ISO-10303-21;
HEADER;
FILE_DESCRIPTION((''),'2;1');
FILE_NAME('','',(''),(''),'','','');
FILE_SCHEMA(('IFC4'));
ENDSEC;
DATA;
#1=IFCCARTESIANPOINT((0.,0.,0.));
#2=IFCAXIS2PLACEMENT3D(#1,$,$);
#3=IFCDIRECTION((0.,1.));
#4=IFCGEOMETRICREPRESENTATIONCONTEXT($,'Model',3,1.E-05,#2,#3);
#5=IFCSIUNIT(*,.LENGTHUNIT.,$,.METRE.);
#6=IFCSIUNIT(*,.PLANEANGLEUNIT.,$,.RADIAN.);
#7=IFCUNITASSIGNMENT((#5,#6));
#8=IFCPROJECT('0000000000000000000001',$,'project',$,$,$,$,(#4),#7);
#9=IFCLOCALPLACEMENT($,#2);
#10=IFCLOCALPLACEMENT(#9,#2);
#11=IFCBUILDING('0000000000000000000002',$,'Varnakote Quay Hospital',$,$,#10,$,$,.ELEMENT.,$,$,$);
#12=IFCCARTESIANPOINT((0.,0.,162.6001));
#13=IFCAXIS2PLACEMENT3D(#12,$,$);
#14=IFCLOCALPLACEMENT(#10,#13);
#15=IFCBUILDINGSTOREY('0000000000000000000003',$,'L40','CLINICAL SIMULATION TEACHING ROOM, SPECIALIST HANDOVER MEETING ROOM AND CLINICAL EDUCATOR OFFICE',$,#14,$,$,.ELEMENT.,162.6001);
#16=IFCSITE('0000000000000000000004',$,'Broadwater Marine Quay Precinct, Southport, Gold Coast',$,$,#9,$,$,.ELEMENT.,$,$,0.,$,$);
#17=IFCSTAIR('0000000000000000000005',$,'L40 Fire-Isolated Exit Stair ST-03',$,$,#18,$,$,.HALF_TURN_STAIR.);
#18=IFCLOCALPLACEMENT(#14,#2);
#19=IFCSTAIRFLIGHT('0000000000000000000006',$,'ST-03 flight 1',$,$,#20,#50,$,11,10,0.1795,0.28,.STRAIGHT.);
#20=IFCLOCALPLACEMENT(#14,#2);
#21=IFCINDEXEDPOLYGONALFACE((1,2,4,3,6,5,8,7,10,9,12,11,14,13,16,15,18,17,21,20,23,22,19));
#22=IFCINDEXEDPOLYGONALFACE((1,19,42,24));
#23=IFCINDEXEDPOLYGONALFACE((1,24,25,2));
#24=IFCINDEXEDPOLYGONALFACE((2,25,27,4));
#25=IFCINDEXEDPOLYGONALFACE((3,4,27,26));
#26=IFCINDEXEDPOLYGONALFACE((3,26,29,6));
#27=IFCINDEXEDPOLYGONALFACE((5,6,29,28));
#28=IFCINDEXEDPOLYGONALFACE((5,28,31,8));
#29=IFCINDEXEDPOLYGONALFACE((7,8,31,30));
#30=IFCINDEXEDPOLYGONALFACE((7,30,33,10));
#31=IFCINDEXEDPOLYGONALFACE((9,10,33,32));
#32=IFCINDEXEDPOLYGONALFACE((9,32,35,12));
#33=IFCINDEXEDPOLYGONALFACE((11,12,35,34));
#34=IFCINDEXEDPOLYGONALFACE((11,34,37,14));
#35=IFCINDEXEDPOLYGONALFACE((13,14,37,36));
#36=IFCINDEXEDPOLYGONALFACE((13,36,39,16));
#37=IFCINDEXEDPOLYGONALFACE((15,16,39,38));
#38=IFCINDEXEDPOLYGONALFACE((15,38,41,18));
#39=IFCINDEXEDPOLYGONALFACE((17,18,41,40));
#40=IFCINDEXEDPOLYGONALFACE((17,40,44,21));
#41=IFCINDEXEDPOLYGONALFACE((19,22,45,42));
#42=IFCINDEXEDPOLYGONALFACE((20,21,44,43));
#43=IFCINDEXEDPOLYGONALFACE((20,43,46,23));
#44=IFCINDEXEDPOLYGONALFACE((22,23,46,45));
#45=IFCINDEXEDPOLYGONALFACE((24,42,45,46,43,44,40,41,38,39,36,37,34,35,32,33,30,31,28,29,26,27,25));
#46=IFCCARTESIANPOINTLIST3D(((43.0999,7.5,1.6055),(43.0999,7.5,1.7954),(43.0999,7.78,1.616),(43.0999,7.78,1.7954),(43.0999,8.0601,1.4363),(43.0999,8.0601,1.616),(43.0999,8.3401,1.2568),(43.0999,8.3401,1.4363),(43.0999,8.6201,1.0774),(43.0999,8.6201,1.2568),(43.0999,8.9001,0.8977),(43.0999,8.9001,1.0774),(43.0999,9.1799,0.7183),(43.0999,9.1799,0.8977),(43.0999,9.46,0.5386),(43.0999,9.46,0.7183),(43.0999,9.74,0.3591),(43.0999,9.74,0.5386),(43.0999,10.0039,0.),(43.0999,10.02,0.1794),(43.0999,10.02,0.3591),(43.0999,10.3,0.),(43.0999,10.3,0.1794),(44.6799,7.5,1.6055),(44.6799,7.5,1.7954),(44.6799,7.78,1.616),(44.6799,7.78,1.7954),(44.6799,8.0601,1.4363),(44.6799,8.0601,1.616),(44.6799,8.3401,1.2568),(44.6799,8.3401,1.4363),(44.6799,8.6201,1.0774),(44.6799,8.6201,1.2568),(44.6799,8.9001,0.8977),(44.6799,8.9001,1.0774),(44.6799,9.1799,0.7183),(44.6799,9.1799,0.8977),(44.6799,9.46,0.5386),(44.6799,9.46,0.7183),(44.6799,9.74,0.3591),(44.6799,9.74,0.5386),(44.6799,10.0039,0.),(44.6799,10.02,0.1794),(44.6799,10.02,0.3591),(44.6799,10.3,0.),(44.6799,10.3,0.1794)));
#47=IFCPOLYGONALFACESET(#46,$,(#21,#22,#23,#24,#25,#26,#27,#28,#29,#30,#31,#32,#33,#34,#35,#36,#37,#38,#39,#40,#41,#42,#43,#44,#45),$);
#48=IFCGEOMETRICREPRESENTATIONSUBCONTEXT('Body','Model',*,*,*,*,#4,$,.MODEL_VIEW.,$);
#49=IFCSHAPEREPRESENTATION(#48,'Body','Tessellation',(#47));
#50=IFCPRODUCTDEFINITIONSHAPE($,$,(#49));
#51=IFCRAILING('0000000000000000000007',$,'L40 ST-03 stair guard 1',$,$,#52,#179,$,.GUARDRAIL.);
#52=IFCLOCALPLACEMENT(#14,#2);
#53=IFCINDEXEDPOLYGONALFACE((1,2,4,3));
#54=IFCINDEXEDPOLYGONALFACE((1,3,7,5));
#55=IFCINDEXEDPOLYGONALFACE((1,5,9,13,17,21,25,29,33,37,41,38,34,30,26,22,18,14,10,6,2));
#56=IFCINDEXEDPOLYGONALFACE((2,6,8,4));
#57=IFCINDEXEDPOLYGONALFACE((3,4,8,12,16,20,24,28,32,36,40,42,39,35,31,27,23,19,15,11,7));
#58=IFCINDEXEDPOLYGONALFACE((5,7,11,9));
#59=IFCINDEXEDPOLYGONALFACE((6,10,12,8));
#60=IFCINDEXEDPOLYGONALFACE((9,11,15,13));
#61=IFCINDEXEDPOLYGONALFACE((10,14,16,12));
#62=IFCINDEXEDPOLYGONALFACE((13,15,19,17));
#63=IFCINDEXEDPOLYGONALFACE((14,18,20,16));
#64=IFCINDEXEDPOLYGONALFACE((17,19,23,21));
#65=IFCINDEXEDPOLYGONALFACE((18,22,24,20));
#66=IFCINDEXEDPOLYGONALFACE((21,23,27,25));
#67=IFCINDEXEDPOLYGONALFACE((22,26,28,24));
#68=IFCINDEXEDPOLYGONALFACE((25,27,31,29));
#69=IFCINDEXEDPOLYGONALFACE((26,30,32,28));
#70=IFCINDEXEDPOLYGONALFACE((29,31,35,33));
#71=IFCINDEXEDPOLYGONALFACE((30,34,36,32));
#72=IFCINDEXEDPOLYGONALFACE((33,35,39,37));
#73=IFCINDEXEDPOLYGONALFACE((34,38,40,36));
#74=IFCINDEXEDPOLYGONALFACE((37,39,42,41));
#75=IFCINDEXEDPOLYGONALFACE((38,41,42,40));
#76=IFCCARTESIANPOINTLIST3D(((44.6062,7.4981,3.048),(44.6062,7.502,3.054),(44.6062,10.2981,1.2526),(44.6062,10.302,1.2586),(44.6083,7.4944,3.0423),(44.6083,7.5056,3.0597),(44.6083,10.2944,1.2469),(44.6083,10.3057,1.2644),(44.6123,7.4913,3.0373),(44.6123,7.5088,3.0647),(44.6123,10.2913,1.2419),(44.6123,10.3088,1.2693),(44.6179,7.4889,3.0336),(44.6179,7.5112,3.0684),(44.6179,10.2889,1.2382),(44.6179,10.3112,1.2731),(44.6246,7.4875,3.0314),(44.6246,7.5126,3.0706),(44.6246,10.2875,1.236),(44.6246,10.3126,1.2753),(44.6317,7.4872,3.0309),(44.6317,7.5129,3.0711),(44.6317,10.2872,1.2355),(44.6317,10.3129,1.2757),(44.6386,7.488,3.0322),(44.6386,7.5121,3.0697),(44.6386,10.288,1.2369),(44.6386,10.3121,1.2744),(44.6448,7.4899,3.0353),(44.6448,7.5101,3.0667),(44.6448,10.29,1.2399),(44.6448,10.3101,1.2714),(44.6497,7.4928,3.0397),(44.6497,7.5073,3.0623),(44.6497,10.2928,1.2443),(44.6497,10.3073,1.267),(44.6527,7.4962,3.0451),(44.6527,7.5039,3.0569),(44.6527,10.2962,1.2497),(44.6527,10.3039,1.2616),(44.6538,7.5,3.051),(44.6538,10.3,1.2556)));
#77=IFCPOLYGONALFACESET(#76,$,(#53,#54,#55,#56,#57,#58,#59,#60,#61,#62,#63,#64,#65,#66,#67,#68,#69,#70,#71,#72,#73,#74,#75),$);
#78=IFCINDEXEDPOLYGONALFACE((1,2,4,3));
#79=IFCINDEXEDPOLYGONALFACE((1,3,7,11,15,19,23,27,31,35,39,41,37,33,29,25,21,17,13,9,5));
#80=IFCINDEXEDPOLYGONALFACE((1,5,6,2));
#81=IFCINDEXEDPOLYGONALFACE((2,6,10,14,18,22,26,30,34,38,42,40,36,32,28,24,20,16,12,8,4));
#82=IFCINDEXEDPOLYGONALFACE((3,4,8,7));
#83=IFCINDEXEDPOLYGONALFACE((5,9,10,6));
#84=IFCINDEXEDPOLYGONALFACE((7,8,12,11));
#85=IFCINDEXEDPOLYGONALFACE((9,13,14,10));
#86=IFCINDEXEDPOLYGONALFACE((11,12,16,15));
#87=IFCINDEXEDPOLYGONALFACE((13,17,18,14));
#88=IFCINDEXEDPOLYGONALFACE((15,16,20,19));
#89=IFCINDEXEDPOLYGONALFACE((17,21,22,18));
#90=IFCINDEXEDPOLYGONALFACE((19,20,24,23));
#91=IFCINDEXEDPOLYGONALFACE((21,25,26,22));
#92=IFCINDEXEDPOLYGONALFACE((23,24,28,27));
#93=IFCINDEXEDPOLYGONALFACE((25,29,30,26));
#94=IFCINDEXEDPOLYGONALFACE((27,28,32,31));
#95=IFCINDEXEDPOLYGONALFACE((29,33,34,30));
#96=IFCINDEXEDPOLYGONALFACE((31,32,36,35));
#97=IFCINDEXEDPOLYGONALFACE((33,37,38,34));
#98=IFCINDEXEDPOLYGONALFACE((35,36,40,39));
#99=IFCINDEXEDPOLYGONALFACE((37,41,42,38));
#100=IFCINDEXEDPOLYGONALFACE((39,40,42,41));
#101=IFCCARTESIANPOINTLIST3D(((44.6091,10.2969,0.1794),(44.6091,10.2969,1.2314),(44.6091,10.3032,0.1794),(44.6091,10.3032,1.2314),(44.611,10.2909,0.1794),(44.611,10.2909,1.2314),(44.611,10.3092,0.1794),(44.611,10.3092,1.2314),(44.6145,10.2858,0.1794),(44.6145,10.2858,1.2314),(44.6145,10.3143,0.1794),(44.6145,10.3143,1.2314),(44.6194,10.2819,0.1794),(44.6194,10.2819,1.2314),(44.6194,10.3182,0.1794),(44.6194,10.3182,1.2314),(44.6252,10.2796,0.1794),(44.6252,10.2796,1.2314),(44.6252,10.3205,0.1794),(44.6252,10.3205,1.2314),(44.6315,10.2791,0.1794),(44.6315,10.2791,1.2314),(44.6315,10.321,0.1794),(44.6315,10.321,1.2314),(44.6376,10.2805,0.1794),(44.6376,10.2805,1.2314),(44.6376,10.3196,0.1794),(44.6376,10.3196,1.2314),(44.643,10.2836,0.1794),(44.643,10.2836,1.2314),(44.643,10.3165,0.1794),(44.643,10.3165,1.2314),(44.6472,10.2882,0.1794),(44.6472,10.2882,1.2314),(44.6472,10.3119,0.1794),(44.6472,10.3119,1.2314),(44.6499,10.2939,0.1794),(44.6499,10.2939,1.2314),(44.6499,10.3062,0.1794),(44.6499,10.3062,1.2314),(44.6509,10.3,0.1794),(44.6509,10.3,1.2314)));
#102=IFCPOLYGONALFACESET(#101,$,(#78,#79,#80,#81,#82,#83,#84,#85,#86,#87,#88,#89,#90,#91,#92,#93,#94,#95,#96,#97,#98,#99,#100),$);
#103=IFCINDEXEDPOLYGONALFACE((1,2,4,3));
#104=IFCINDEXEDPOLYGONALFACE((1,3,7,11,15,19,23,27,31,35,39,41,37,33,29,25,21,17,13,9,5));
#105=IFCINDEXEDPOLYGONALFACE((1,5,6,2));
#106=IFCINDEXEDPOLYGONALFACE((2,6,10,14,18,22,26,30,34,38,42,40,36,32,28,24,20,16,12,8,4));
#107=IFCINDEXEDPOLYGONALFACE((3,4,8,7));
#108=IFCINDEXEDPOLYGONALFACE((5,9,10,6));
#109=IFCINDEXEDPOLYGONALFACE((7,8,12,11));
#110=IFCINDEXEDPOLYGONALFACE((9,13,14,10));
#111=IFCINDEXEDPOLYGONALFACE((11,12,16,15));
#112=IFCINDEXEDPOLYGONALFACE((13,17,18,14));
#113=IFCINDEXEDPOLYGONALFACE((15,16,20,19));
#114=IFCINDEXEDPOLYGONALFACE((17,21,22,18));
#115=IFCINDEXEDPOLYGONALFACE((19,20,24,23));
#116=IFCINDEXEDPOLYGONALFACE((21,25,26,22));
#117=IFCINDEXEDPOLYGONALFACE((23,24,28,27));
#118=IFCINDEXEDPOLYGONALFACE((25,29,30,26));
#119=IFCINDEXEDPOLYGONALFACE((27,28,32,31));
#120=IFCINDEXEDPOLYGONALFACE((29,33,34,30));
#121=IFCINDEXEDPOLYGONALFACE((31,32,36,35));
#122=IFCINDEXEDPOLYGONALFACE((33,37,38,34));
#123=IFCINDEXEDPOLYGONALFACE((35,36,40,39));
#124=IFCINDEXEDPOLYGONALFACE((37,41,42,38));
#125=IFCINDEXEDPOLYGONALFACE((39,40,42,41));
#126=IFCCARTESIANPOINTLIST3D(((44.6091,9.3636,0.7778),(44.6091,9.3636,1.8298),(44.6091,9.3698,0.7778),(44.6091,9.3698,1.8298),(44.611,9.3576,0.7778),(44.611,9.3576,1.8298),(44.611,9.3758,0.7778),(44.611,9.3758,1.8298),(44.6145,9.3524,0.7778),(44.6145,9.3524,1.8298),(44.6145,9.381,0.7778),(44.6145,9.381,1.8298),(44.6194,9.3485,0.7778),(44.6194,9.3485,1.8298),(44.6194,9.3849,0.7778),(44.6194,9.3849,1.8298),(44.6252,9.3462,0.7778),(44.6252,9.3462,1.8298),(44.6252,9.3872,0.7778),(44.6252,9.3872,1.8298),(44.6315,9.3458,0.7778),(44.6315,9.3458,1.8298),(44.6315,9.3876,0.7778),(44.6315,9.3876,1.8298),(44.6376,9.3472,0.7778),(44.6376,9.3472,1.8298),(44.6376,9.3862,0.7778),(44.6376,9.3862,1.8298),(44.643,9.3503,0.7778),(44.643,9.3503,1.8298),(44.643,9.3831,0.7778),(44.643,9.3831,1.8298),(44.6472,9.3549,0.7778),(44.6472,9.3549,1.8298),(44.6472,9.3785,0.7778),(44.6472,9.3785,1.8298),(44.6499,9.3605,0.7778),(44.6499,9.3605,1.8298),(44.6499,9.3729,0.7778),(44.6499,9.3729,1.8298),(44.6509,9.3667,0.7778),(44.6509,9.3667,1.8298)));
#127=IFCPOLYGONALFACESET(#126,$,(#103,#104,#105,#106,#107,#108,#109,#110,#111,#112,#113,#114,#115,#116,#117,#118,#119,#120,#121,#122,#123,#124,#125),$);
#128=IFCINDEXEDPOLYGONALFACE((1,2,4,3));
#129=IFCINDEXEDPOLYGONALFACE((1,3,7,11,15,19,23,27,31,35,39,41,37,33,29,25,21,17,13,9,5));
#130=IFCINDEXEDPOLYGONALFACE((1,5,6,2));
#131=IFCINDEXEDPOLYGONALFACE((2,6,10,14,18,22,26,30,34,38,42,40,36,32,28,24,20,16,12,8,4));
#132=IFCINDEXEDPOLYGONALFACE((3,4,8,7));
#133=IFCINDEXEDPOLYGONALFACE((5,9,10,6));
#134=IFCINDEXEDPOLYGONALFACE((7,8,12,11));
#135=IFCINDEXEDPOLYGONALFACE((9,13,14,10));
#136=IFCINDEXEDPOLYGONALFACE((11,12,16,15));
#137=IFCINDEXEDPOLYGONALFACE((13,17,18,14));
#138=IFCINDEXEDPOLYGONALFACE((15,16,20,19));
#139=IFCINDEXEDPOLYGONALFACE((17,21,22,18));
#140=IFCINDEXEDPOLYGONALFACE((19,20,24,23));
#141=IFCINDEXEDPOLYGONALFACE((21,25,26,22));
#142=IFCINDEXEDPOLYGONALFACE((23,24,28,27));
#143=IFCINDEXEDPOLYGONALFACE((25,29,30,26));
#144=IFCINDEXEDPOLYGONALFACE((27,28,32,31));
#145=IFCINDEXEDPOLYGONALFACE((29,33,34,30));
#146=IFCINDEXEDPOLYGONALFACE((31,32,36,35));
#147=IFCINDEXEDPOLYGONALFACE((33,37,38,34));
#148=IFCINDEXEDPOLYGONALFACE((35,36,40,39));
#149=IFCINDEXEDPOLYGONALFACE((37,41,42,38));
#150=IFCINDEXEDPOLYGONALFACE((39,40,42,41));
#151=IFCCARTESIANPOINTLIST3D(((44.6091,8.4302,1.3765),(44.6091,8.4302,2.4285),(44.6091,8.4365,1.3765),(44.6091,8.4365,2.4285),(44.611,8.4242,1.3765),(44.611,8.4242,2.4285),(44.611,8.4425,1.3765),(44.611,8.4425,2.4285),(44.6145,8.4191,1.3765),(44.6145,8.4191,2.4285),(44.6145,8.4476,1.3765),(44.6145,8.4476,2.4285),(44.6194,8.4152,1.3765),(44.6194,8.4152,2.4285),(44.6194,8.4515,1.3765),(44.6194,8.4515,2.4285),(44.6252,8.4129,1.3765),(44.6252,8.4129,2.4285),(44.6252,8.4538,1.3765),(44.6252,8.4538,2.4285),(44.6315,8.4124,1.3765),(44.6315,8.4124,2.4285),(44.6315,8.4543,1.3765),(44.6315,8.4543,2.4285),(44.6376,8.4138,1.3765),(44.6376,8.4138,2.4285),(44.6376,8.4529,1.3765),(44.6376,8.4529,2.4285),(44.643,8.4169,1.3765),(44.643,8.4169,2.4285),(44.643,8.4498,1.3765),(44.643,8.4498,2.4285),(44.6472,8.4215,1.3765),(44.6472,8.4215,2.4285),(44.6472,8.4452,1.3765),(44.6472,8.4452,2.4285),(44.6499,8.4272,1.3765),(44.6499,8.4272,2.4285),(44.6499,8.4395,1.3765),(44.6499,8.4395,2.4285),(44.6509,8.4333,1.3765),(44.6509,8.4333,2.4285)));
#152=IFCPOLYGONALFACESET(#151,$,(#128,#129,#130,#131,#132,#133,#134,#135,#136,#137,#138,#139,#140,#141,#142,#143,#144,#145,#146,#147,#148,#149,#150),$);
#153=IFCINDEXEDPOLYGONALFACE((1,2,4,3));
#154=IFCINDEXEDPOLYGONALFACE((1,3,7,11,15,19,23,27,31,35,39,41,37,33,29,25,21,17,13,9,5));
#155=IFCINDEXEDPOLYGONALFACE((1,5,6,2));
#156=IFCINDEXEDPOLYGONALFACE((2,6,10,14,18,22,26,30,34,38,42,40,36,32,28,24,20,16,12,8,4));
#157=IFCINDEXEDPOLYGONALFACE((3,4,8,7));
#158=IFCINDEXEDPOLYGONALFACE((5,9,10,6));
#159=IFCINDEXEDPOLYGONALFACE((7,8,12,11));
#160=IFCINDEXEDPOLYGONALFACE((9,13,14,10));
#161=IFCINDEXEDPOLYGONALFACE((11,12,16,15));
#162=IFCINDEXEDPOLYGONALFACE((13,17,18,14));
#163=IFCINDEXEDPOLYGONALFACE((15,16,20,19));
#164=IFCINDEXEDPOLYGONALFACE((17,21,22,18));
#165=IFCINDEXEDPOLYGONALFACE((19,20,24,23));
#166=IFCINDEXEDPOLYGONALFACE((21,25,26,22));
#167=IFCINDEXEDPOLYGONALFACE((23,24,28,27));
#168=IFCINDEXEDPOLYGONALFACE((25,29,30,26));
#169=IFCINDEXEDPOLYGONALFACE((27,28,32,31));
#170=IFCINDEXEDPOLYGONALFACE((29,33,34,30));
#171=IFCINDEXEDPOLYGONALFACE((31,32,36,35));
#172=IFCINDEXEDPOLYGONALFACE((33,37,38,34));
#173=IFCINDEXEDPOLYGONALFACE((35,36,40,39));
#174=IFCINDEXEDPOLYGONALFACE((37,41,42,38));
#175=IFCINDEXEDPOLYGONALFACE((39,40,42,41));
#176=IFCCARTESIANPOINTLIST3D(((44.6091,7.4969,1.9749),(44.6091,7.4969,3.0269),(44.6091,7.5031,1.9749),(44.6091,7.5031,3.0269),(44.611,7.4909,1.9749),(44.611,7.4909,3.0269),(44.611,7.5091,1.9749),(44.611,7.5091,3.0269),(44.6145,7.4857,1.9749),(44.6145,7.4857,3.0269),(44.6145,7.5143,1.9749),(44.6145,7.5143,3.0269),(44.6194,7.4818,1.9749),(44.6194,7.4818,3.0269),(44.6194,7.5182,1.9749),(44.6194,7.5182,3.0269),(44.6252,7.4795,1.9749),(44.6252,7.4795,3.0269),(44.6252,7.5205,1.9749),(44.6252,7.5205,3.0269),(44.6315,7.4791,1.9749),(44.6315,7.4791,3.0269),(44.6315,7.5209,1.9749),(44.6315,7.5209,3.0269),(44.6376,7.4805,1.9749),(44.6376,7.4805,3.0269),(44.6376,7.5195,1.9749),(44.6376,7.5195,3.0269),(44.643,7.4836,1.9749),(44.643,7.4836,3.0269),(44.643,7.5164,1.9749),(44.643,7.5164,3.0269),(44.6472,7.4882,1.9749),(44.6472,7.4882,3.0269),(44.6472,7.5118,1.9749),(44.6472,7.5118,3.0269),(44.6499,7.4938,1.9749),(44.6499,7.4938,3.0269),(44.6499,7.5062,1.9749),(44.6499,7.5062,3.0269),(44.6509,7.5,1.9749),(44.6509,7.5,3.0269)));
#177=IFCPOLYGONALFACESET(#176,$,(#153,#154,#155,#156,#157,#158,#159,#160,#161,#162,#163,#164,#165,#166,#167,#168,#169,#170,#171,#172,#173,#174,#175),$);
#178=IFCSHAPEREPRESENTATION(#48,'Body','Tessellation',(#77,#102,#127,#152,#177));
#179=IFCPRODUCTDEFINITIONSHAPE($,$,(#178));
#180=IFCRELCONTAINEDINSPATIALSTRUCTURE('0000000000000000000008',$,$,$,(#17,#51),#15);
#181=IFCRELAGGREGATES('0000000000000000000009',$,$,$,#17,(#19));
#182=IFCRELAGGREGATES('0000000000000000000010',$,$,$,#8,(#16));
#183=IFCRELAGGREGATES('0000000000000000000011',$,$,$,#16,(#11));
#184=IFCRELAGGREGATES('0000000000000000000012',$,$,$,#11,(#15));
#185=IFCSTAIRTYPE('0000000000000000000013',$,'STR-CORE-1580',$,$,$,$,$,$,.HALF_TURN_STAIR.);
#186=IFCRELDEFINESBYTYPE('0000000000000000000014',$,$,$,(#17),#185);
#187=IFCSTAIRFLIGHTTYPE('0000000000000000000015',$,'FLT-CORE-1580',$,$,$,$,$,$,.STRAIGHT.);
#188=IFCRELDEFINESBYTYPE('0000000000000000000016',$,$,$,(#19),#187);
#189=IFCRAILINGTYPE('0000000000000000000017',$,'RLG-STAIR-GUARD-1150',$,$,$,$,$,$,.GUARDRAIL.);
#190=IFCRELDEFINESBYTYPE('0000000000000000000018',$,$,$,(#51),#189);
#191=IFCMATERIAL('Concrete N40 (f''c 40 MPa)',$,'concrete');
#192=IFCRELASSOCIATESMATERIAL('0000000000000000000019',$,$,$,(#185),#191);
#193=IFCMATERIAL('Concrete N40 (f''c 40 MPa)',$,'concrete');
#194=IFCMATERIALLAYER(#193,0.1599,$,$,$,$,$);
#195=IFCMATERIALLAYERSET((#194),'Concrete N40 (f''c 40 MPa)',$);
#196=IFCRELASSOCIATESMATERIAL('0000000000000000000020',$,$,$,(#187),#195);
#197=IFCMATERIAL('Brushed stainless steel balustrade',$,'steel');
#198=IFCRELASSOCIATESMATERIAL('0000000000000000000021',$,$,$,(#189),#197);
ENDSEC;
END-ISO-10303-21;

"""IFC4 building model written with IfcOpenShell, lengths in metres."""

from ifc_helpers import new_model, si_unit, direction, frame, origin, origin_2d, place, context, subcontext, project, spatial, polyline, circle, outline, extrude, material, layer, layer_set, type_object, element, aggregate, save


model = new_model("IFC4")

# Units and contexts
model_context = context("Model", 3, precision=1e-05, world=origin(), true_north=direction((0.0, 1.0)))
body_context = subcontext(model_context, "Body", "Model", "MODEL_VIEW")
ifc_project = project(units=[si_unit("LENGTHUNIT", "METRE"), si_unit("PLANEANGLEUNIT", "RADIAN")], contexts=[model_context])

# Site, building, storey
site_placement = place(None, origin())
site = spatial("IfcSite", under=ifc_project, at=site_placement, Name="Broadwater Marine Quay Precinct, Southport, Gold Coast", CompositionType="ELEMENT", RefElevation=0.0)
building_placement = place(site_placement, origin())
building = spatial("IfcBuilding", under=site, at=building_placement, Name="Varnakote Quay Hospital", CompositionType="ELEMENT")
storey_placement = place(building_placement, frame((0.0, 0.0, 162.6001)))
storey = spatial("IfcBuildingStorey", under=building, at=storey_placement, Name="L40", Description="CLINICAL SIMULATION TEACHING ROOM, SPECIALIST HANDOVER MEETING ROOM AND CLINICAL EDUCATOR OFFICE", CompositionType="ELEMENT", Elevation=162.6001)

# Stair, stair flight
ifc_material_1 = material(Name="Concrete N40 (f'c 40 MPa)", Category="concrete")
stair_type = type_object("IfcStairType", Name="STR-CORE-1580", PredefinedType="HALF_TURN_STAIR", material=ifc_material_1)
stair_placement = place(storey_placement, origin())
stair = element("IfcStair", 1, at=stair_placement, inside=storey, type_object=stair_type, Name="L40 Fire-Isolated Exit Stair ST-03", PredefinedType="HALF_TURN_STAIR")
ifc_material_2 = material(Name="Concrete N40 (f'c 40 MPa)", Category="concrete")
ifc_layer_1 = layer(ifc_material_2, 0.1599)
ifc_layer_set_1 = layer_set([ifc_layer_1], Name="Concrete N40 (f'c 40 MPa)")
stair_flight_type = type_object("IfcStairFlightType", Name="FLT-CORE-1580", PredefinedType="STRAIGHT", material=ifc_layer_set_1)
stair_flight_placement = place(storey_placement, frame((43.8899, 10.3, 0.0), z_axis=(0.0, 0.0, 1.0), x_axis=(0.0, -1.0, 0.0)))
stair_flight = element("IfcStairFlight", 2, at=stair_flight_placement, type_object=stair_flight_type, Name="ST-03 flight 1", NumberOfRisers=11, NumberOfTreads=10, PredefinedType="STRAIGHT", RiserHeight=0.1795, TreadLength=0.28, context=body_context, shape_type="SweptSolid", body=[
    extrude(outline(polyline([(0.0, 0.0), (0.0, 0.1794), (0.28, 0.1794), (0.28, 0.3591), (0.5601, 0.3591), (0.5601, 0.5386), (0.8401, 0.5386), (0.8401, 0.7183), (1.1201, 0.7183), (1.1201, 0.8977), (1.3999, 0.8977), (1.3999, 1.0774), (1.6799, 1.0774), (1.6799, 1.2568), (1.96, 1.2568), (1.96, 1.4363), (2.24, 1.4363), (2.24, 1.616), (2.52, 1.616), (2.52, 1.7954), (2.8, 1.7954), (2.8, 1.9751), (2.8, 1.6055), (0.2961, 0.0), (0.0, 0.0)])), frame((0.0, 0.79, 0.0), z_axis=(0.0, -1.0, 0.0), x_axis=(1.0, 0.0, 0.0)), (0.0, 0.0, 1.0), 1.5801),
])
aggregate(stair, [stair_flight])

# Railing
ifc_material_3 = material(Name="Brushed stainless steel balustrade", Category="steel")
railing_type_1 = type_object("IfcRailingType", Name="RLG-STAIR-GUARD-1150", PredefinedType="GUARDRAIL", material=ifc_material_3)
railing_1_placement = place(storey_placement, frame((44.6299, 10.3, 0.1794)))
element("IfcRailing", 3, at=railing_1_placement, inside=storey, type_object=railing_type_1, Name="L40 ST-03 stair guard 1", PredefinedType="GUARDRAIL", context=body_context, shape_type="SweptSolid", body=[
    extrude(circle(Radius=0.0239, at=origin_2d()), frame((0.0, 0.0, 1.0762), z_axis=(0.0, -0.84181, 0.539774), x_axis=(1.0, 0.0, 0.0)), (0.0, 0.0, 1.0), 3.3262),
    extrude(circle(Radius=0.021, at=origin_2d()), origin(), (0.0, 0.0, 1.0), 1.052),
    extrude(circle(Radius=0.021, at=origin_2d()), frame((0.0, -0.9333, 0.5984)), (0.0, 0.0, 1.0), 1.052),
    extrude(circle(Radius=0.021, at=origin_2d()), frame((0.0, -1.8667, 1.197)), (0.0, 0.0, 1.0), 1.052),
    extrude(circle(Radius=0.021, at=origin_2d()), frame((0.0, -2.8, 1.7954)), (0.0, 0.0, 1.0), 1.052),
])

save(model, "model.ifc")
